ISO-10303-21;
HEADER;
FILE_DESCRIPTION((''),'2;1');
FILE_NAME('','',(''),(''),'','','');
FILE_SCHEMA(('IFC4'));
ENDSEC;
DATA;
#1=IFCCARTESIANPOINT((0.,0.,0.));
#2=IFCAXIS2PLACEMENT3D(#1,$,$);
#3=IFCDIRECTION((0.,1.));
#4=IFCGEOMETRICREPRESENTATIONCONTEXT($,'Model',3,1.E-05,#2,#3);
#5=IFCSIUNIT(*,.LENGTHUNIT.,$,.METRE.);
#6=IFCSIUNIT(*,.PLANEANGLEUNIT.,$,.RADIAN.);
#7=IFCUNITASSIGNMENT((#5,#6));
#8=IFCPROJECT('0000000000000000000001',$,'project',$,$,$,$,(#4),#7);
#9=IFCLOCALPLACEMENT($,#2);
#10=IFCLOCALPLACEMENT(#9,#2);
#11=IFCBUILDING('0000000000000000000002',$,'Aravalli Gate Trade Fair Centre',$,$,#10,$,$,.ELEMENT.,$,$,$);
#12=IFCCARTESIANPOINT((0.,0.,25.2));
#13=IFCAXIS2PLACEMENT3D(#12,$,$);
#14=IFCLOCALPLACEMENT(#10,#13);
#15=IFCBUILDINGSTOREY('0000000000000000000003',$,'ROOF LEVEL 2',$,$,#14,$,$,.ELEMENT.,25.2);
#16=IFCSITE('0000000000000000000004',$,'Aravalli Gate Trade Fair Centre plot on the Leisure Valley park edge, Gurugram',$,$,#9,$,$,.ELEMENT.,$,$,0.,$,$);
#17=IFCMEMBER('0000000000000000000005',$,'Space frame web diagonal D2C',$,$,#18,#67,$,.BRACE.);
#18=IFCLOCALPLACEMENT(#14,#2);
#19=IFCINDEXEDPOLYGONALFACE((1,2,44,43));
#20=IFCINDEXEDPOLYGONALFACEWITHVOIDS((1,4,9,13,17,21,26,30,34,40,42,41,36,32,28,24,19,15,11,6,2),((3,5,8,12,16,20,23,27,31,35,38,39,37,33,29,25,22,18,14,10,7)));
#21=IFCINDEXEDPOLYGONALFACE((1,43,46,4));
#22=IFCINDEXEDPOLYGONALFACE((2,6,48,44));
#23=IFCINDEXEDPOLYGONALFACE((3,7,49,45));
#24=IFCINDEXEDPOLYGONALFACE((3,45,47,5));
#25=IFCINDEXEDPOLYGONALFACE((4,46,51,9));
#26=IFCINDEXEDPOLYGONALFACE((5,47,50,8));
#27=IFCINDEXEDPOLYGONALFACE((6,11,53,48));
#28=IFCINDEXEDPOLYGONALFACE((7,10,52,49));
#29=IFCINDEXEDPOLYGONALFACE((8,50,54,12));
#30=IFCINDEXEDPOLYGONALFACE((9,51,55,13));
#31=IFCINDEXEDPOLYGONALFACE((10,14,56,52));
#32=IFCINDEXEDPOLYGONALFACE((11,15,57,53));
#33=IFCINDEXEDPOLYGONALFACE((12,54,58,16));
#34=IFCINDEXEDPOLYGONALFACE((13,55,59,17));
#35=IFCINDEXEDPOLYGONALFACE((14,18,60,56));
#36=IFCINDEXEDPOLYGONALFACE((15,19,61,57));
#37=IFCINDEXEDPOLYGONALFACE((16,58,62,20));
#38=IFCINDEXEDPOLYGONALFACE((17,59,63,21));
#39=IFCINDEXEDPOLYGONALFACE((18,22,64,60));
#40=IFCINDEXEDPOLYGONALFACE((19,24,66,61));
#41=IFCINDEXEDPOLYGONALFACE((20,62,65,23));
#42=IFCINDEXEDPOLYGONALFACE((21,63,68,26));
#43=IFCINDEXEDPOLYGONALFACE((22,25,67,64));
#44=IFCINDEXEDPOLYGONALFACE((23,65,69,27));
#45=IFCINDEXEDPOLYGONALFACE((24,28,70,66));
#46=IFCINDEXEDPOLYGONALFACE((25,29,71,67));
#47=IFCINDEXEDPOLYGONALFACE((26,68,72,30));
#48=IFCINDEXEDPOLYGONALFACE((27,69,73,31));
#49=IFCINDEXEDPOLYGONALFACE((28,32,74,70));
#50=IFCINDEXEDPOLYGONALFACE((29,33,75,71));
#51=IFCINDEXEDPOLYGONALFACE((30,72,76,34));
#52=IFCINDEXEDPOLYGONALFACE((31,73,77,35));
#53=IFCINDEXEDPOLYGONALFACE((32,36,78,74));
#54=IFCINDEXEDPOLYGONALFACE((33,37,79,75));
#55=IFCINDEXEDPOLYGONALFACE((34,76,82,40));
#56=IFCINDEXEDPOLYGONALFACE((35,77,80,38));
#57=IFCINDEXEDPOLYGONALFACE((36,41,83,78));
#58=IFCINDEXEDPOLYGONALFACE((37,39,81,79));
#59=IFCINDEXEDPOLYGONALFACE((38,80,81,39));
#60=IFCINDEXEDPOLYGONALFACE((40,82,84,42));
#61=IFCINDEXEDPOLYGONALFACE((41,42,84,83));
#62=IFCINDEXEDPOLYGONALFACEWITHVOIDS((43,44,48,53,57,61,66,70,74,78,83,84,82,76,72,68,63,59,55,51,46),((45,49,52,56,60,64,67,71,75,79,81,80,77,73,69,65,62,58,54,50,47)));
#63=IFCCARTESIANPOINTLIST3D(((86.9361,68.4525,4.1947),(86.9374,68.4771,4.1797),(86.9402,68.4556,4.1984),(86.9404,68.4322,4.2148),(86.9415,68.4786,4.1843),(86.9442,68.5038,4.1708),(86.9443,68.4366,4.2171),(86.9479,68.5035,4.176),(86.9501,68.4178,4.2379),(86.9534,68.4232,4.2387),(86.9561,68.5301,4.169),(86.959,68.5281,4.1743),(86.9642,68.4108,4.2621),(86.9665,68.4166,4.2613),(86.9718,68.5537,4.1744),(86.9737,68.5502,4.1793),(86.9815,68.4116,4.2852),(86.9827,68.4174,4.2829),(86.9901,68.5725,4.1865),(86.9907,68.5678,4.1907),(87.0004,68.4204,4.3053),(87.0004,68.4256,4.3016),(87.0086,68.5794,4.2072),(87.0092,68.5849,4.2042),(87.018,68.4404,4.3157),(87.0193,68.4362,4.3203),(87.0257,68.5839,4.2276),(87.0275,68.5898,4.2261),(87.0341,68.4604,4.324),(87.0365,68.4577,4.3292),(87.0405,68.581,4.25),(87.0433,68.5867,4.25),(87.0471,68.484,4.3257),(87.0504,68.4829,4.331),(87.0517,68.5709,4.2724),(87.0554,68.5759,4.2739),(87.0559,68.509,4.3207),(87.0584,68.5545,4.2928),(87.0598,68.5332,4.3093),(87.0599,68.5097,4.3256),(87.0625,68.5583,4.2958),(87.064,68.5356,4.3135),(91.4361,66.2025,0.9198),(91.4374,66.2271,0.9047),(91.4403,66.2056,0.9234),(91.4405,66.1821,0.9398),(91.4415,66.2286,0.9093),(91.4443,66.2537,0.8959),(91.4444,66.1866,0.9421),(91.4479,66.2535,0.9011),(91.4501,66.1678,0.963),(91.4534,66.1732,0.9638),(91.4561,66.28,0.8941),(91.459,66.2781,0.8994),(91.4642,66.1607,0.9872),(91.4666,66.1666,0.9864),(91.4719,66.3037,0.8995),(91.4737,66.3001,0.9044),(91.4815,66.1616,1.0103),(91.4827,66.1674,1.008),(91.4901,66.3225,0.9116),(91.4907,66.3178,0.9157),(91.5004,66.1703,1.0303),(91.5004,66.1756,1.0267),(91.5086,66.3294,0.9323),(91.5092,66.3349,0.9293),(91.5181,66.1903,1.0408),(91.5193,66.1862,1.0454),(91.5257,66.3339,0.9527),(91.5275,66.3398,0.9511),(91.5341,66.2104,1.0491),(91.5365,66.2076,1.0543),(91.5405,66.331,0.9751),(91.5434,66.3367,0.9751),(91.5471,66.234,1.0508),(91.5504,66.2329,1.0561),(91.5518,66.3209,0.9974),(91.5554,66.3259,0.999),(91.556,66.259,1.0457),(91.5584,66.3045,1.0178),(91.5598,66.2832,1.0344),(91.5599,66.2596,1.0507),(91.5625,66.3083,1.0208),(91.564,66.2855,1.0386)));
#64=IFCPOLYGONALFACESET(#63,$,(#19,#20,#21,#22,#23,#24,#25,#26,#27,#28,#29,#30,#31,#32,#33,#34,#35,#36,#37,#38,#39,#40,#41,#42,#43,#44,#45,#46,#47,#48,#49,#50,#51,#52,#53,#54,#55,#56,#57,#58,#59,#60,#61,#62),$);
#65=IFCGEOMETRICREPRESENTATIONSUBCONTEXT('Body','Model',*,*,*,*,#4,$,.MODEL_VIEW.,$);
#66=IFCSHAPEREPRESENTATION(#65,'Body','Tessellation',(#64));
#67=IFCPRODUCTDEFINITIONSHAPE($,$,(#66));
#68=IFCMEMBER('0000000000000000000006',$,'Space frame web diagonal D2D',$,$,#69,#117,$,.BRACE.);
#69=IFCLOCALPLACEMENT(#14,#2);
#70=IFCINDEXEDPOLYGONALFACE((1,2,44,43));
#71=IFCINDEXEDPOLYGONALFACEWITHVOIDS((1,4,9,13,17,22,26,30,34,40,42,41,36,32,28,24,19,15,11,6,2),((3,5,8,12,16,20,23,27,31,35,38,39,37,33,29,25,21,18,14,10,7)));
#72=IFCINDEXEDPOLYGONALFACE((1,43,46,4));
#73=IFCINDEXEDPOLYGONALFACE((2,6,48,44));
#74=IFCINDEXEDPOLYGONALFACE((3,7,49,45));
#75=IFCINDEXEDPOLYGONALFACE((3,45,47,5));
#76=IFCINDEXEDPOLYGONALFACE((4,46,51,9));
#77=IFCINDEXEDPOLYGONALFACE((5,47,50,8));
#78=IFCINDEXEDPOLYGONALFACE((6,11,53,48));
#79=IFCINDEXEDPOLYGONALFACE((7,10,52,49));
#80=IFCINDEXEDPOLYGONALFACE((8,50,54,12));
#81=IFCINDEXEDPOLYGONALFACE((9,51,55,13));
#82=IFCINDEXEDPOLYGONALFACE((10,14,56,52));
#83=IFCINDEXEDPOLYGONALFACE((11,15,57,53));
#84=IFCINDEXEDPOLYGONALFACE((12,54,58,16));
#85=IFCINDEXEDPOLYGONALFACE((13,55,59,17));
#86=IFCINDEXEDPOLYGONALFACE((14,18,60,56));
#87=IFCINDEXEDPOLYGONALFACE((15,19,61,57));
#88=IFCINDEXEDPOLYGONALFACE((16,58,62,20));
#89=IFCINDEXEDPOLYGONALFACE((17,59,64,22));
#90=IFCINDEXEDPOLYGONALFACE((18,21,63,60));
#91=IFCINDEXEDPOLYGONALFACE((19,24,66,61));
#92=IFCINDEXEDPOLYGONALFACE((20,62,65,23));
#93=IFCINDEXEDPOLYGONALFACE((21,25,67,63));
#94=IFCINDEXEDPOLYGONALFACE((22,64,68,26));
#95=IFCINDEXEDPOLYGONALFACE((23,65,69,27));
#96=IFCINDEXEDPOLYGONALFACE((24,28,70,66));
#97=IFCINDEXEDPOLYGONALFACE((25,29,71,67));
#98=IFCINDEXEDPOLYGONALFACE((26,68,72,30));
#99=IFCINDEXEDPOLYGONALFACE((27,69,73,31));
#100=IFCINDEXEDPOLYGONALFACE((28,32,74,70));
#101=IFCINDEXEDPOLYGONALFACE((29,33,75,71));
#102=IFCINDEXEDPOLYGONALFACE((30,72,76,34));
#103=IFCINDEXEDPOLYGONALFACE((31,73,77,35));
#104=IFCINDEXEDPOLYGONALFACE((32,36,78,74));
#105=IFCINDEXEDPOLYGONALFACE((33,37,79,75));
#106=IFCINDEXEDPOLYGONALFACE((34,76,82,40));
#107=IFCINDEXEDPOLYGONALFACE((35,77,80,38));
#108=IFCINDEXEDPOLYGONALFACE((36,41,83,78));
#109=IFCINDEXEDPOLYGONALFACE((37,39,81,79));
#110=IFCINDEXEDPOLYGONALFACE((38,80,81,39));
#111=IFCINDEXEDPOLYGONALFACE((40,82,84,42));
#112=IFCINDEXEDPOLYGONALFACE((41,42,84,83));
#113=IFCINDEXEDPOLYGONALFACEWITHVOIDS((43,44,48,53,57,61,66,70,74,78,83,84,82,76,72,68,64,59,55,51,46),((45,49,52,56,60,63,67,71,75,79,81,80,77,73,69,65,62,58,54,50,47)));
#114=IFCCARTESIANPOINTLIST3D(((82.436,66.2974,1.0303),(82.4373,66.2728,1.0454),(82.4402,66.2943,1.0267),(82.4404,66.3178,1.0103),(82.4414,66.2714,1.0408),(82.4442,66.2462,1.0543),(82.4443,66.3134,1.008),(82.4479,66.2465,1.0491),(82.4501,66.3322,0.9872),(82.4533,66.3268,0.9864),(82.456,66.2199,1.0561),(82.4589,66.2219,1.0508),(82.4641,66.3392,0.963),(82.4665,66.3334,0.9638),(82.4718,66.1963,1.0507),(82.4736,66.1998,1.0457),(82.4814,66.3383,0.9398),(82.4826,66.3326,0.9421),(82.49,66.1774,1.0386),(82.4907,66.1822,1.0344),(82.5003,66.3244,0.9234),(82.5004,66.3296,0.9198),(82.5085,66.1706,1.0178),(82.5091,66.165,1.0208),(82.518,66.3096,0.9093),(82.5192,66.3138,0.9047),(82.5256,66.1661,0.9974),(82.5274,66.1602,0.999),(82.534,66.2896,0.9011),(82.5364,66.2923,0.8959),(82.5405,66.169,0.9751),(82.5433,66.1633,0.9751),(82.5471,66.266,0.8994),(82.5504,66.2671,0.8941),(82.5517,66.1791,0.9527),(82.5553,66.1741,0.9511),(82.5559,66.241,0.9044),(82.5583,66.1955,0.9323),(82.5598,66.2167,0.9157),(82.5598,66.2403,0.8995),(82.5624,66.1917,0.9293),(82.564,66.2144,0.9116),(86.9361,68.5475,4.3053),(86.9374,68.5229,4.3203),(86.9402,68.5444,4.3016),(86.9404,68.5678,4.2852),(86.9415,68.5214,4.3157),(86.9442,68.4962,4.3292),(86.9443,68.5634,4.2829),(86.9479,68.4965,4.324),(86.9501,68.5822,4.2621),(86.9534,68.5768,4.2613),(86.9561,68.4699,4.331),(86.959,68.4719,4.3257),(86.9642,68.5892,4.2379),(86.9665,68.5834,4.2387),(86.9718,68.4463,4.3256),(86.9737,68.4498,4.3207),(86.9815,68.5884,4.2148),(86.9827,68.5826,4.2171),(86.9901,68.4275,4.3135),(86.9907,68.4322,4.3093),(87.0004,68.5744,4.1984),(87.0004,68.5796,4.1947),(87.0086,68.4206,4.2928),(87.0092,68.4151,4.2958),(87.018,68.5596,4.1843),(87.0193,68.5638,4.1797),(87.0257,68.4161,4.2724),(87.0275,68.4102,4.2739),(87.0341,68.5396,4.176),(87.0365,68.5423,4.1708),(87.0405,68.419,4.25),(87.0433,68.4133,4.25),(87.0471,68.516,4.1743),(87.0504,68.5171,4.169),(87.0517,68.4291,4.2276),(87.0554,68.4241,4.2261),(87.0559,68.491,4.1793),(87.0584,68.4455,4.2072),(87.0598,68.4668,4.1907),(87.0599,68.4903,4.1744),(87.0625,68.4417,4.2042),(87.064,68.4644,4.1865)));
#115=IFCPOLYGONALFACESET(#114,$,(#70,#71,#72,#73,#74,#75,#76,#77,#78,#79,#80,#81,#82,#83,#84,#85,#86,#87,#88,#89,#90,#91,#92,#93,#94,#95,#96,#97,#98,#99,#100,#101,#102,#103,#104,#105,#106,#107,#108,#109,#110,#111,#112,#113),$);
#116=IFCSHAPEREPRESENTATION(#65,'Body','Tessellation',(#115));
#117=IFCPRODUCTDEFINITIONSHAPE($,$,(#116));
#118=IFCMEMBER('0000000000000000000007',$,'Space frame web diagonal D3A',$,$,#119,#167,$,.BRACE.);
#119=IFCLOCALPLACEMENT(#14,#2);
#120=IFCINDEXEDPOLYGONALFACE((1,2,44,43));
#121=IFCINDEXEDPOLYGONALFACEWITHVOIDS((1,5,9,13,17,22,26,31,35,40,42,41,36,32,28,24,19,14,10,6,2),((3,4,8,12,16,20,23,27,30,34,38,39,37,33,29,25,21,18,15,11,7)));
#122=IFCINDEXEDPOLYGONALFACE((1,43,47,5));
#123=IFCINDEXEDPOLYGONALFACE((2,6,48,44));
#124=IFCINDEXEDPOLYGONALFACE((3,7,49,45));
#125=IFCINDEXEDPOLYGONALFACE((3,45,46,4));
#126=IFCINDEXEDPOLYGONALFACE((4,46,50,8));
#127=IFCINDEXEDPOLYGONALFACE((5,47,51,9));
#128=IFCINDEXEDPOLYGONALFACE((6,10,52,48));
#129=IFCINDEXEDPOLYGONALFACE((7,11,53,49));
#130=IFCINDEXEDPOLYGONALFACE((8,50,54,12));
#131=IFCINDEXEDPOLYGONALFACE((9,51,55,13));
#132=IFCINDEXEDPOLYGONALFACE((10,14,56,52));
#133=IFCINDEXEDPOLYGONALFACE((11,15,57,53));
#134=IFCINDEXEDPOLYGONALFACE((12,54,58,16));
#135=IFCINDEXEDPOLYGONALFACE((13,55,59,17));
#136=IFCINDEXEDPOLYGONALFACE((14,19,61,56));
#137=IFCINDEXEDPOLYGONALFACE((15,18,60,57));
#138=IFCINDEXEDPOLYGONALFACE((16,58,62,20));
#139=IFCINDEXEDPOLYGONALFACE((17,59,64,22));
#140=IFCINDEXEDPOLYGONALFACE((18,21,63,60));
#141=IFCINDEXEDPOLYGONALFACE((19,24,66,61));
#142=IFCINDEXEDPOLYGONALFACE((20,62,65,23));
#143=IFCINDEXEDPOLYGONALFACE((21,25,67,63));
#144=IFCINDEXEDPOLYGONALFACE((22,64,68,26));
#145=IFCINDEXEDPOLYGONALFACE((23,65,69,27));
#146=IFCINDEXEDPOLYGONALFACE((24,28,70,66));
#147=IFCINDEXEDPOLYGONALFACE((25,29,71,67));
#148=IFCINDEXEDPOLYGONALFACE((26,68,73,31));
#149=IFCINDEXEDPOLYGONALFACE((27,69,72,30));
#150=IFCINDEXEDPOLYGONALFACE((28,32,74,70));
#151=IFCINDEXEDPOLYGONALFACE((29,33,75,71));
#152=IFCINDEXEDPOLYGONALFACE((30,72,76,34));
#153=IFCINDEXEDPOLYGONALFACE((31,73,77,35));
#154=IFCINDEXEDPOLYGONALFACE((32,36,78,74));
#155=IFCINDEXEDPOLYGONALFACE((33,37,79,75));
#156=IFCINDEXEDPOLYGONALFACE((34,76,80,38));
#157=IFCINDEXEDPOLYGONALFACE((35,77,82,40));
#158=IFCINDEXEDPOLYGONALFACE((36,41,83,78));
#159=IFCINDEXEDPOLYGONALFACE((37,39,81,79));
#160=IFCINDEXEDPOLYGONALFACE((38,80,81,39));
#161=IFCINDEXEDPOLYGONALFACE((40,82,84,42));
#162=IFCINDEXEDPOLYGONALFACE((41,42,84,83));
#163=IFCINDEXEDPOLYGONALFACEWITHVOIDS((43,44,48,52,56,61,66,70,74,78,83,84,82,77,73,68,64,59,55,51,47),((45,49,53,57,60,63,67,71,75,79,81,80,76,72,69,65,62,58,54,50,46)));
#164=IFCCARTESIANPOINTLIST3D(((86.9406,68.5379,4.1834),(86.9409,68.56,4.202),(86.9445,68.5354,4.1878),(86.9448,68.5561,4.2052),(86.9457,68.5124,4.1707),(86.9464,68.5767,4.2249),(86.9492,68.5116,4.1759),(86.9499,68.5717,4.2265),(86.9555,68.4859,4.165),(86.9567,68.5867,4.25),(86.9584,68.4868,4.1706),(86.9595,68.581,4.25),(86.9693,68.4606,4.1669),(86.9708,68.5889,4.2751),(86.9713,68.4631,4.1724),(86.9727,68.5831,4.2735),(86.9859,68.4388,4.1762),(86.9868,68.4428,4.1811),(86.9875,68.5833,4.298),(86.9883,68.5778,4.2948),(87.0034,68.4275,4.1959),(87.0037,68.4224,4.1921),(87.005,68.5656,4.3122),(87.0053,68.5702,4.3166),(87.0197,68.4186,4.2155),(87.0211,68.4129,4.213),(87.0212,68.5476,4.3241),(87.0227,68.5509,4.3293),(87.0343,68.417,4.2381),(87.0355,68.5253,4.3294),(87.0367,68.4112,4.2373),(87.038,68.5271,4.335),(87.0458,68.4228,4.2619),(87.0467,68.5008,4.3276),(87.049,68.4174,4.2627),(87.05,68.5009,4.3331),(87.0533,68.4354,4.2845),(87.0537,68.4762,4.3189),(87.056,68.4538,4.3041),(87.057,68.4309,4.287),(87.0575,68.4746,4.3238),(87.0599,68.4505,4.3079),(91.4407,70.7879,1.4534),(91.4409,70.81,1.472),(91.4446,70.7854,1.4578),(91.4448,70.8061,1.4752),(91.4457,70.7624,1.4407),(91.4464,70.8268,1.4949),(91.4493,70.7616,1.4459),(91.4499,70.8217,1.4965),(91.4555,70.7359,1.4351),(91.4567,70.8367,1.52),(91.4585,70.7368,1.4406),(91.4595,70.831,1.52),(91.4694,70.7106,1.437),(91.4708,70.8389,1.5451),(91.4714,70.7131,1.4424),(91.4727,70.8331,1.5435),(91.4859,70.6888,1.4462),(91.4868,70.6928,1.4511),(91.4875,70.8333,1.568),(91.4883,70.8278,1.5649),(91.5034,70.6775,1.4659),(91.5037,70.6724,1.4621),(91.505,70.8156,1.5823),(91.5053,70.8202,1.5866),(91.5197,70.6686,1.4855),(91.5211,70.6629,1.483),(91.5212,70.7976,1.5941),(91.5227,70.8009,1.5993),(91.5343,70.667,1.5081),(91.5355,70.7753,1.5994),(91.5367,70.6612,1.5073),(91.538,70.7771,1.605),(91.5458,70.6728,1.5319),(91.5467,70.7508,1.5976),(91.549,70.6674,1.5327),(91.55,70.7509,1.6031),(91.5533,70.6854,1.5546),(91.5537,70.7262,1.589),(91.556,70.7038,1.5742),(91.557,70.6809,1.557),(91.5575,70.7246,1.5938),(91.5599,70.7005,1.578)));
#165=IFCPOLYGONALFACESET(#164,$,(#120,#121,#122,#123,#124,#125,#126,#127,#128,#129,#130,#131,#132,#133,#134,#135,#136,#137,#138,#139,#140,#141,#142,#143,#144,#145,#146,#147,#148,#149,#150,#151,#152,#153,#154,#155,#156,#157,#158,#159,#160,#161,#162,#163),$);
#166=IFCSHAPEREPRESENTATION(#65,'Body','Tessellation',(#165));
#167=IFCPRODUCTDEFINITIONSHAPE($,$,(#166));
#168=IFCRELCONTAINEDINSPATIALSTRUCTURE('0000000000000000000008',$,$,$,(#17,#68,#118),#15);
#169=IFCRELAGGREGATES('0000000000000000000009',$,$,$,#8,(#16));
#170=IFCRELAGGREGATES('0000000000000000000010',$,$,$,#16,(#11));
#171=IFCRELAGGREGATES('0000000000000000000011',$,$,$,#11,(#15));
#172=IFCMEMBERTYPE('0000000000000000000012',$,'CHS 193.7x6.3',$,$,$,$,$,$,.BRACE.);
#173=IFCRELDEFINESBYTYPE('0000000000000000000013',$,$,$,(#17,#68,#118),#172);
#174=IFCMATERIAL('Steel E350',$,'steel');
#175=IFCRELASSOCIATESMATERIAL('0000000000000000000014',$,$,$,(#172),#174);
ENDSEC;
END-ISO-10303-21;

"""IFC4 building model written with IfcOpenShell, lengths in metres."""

from ifc_helpers import new_model, si_unit, direction, frame, origin, origin_2d, place, context, subcontext, project, spatial, hollow_circle, extrude, material, material_profile, profile_set, type_object, element, save


model = new_model("IFC4")

# Units and contexts
model_context = context("Model", 3, precision=1e-05, world=origin(), true_north=direction((0.0, 1.0)))
body_context = subcontext(model_context, "Body", "Model", "MODEL_VIEW")
ifc_project = project(units=[si_unit("LENGTHUNIT", "METRE"), si_unit("PLANEANGLEUNIT", "RADIAN")], contexts=[model_context])

# Site, building, storey
site_placement = place(None, origin())
site = spatial("IfcSite", under=ifc_project, at=site_placement, Name="Aravalli Gate Trade Fair Centre plot on the Leisure Valley park edge, Gurugram", CompositionType="ELEMENT", RefElevation=0.0)
building_placement = place(site_placement, origin())
building = spatial("IfcBuilding", under=site, at=building_placement, Name="Aravalli Gate Trade Fair Centre", CompositionType="ELEMENT")
storey_placement = place(building_placement, frame((0.0, 0.0, 25.2)))
storey = spatial("IfcBuildingStorey", under=building, at=storey_placement, Name="ROOF LEVEL 2", CompositionType="ELEMENT", Elevation=25.2)

# Members
ifc_material_1 = material(Name="Steel E350", Category="steel")
ifc_material_profile_1 = material_profile(ifc_material_1, hollow_circle(Radius=0.0969, WallThickness=0.0063, at=origin_2d()), Name="CHS 193.7x6.3")
ifc_profile_set_1 = profile_set([ifc_material_profile_1], Name="Steel E350")
member_type_1 = type_object("IfcMemberType", Name="CHS 193.7x6.3", PredefinedType="BRACE", material=ifc_profile_set_1)
for number, where, z_axis, x_axis, name in (
    (1, (87.0, 68.5, 4.25), (0.74961, -0.374805, -0.545533), (0.447214, 0.894427, 0.0), "Space frame web diagonal D2C"),
    (2, (87.0, 68.5, 4.25), (-0.74961, -0.374805, -0.545533), (0.447214, -0.894427, 0.0), "Space frame web diagonal D2D"),
):
    element("IfcMember", number, at=place(storey_placement, frame(where, z_axis=z_axis, x_axis=x_axis)), inside=storey, type_object=member_type_1, Name=name, PredefinedType="BRACE", context=body_context, shape_type="SweptSolid", body=[
        extrude(hollow_circle(Radius=0.0969, WallThickness=0.0063, at=origin_2d()), origin(), (0.0, 0.0, 1.0), 6.0032),
    ])
for number, where, z_axis, x_axis, name in (
    (3, (87.0, 68.5, 4.25), (0.78615, 0.393075, -0.476928), (-0.447214, 0.894427, 0.0), "Space frame web diagonal D3A"),
):
    element("IfcMember", number, at=place(storey_placement, frame(where, z_axis=z_axis, x_axis=x_axis)), inside=storey, type_object=member_type_1, Name=name, PredefinedType="BRACE", context=body_context, shape_type="SweptSolid", body=[
        extrude(hollow_circle(Radius=0.0969, WallThickness=0.0063, at=origin_2d()), origin(), (0.0, 0.0, 1.0), 5.7241),
    ])

save(model, "model.ifc")
